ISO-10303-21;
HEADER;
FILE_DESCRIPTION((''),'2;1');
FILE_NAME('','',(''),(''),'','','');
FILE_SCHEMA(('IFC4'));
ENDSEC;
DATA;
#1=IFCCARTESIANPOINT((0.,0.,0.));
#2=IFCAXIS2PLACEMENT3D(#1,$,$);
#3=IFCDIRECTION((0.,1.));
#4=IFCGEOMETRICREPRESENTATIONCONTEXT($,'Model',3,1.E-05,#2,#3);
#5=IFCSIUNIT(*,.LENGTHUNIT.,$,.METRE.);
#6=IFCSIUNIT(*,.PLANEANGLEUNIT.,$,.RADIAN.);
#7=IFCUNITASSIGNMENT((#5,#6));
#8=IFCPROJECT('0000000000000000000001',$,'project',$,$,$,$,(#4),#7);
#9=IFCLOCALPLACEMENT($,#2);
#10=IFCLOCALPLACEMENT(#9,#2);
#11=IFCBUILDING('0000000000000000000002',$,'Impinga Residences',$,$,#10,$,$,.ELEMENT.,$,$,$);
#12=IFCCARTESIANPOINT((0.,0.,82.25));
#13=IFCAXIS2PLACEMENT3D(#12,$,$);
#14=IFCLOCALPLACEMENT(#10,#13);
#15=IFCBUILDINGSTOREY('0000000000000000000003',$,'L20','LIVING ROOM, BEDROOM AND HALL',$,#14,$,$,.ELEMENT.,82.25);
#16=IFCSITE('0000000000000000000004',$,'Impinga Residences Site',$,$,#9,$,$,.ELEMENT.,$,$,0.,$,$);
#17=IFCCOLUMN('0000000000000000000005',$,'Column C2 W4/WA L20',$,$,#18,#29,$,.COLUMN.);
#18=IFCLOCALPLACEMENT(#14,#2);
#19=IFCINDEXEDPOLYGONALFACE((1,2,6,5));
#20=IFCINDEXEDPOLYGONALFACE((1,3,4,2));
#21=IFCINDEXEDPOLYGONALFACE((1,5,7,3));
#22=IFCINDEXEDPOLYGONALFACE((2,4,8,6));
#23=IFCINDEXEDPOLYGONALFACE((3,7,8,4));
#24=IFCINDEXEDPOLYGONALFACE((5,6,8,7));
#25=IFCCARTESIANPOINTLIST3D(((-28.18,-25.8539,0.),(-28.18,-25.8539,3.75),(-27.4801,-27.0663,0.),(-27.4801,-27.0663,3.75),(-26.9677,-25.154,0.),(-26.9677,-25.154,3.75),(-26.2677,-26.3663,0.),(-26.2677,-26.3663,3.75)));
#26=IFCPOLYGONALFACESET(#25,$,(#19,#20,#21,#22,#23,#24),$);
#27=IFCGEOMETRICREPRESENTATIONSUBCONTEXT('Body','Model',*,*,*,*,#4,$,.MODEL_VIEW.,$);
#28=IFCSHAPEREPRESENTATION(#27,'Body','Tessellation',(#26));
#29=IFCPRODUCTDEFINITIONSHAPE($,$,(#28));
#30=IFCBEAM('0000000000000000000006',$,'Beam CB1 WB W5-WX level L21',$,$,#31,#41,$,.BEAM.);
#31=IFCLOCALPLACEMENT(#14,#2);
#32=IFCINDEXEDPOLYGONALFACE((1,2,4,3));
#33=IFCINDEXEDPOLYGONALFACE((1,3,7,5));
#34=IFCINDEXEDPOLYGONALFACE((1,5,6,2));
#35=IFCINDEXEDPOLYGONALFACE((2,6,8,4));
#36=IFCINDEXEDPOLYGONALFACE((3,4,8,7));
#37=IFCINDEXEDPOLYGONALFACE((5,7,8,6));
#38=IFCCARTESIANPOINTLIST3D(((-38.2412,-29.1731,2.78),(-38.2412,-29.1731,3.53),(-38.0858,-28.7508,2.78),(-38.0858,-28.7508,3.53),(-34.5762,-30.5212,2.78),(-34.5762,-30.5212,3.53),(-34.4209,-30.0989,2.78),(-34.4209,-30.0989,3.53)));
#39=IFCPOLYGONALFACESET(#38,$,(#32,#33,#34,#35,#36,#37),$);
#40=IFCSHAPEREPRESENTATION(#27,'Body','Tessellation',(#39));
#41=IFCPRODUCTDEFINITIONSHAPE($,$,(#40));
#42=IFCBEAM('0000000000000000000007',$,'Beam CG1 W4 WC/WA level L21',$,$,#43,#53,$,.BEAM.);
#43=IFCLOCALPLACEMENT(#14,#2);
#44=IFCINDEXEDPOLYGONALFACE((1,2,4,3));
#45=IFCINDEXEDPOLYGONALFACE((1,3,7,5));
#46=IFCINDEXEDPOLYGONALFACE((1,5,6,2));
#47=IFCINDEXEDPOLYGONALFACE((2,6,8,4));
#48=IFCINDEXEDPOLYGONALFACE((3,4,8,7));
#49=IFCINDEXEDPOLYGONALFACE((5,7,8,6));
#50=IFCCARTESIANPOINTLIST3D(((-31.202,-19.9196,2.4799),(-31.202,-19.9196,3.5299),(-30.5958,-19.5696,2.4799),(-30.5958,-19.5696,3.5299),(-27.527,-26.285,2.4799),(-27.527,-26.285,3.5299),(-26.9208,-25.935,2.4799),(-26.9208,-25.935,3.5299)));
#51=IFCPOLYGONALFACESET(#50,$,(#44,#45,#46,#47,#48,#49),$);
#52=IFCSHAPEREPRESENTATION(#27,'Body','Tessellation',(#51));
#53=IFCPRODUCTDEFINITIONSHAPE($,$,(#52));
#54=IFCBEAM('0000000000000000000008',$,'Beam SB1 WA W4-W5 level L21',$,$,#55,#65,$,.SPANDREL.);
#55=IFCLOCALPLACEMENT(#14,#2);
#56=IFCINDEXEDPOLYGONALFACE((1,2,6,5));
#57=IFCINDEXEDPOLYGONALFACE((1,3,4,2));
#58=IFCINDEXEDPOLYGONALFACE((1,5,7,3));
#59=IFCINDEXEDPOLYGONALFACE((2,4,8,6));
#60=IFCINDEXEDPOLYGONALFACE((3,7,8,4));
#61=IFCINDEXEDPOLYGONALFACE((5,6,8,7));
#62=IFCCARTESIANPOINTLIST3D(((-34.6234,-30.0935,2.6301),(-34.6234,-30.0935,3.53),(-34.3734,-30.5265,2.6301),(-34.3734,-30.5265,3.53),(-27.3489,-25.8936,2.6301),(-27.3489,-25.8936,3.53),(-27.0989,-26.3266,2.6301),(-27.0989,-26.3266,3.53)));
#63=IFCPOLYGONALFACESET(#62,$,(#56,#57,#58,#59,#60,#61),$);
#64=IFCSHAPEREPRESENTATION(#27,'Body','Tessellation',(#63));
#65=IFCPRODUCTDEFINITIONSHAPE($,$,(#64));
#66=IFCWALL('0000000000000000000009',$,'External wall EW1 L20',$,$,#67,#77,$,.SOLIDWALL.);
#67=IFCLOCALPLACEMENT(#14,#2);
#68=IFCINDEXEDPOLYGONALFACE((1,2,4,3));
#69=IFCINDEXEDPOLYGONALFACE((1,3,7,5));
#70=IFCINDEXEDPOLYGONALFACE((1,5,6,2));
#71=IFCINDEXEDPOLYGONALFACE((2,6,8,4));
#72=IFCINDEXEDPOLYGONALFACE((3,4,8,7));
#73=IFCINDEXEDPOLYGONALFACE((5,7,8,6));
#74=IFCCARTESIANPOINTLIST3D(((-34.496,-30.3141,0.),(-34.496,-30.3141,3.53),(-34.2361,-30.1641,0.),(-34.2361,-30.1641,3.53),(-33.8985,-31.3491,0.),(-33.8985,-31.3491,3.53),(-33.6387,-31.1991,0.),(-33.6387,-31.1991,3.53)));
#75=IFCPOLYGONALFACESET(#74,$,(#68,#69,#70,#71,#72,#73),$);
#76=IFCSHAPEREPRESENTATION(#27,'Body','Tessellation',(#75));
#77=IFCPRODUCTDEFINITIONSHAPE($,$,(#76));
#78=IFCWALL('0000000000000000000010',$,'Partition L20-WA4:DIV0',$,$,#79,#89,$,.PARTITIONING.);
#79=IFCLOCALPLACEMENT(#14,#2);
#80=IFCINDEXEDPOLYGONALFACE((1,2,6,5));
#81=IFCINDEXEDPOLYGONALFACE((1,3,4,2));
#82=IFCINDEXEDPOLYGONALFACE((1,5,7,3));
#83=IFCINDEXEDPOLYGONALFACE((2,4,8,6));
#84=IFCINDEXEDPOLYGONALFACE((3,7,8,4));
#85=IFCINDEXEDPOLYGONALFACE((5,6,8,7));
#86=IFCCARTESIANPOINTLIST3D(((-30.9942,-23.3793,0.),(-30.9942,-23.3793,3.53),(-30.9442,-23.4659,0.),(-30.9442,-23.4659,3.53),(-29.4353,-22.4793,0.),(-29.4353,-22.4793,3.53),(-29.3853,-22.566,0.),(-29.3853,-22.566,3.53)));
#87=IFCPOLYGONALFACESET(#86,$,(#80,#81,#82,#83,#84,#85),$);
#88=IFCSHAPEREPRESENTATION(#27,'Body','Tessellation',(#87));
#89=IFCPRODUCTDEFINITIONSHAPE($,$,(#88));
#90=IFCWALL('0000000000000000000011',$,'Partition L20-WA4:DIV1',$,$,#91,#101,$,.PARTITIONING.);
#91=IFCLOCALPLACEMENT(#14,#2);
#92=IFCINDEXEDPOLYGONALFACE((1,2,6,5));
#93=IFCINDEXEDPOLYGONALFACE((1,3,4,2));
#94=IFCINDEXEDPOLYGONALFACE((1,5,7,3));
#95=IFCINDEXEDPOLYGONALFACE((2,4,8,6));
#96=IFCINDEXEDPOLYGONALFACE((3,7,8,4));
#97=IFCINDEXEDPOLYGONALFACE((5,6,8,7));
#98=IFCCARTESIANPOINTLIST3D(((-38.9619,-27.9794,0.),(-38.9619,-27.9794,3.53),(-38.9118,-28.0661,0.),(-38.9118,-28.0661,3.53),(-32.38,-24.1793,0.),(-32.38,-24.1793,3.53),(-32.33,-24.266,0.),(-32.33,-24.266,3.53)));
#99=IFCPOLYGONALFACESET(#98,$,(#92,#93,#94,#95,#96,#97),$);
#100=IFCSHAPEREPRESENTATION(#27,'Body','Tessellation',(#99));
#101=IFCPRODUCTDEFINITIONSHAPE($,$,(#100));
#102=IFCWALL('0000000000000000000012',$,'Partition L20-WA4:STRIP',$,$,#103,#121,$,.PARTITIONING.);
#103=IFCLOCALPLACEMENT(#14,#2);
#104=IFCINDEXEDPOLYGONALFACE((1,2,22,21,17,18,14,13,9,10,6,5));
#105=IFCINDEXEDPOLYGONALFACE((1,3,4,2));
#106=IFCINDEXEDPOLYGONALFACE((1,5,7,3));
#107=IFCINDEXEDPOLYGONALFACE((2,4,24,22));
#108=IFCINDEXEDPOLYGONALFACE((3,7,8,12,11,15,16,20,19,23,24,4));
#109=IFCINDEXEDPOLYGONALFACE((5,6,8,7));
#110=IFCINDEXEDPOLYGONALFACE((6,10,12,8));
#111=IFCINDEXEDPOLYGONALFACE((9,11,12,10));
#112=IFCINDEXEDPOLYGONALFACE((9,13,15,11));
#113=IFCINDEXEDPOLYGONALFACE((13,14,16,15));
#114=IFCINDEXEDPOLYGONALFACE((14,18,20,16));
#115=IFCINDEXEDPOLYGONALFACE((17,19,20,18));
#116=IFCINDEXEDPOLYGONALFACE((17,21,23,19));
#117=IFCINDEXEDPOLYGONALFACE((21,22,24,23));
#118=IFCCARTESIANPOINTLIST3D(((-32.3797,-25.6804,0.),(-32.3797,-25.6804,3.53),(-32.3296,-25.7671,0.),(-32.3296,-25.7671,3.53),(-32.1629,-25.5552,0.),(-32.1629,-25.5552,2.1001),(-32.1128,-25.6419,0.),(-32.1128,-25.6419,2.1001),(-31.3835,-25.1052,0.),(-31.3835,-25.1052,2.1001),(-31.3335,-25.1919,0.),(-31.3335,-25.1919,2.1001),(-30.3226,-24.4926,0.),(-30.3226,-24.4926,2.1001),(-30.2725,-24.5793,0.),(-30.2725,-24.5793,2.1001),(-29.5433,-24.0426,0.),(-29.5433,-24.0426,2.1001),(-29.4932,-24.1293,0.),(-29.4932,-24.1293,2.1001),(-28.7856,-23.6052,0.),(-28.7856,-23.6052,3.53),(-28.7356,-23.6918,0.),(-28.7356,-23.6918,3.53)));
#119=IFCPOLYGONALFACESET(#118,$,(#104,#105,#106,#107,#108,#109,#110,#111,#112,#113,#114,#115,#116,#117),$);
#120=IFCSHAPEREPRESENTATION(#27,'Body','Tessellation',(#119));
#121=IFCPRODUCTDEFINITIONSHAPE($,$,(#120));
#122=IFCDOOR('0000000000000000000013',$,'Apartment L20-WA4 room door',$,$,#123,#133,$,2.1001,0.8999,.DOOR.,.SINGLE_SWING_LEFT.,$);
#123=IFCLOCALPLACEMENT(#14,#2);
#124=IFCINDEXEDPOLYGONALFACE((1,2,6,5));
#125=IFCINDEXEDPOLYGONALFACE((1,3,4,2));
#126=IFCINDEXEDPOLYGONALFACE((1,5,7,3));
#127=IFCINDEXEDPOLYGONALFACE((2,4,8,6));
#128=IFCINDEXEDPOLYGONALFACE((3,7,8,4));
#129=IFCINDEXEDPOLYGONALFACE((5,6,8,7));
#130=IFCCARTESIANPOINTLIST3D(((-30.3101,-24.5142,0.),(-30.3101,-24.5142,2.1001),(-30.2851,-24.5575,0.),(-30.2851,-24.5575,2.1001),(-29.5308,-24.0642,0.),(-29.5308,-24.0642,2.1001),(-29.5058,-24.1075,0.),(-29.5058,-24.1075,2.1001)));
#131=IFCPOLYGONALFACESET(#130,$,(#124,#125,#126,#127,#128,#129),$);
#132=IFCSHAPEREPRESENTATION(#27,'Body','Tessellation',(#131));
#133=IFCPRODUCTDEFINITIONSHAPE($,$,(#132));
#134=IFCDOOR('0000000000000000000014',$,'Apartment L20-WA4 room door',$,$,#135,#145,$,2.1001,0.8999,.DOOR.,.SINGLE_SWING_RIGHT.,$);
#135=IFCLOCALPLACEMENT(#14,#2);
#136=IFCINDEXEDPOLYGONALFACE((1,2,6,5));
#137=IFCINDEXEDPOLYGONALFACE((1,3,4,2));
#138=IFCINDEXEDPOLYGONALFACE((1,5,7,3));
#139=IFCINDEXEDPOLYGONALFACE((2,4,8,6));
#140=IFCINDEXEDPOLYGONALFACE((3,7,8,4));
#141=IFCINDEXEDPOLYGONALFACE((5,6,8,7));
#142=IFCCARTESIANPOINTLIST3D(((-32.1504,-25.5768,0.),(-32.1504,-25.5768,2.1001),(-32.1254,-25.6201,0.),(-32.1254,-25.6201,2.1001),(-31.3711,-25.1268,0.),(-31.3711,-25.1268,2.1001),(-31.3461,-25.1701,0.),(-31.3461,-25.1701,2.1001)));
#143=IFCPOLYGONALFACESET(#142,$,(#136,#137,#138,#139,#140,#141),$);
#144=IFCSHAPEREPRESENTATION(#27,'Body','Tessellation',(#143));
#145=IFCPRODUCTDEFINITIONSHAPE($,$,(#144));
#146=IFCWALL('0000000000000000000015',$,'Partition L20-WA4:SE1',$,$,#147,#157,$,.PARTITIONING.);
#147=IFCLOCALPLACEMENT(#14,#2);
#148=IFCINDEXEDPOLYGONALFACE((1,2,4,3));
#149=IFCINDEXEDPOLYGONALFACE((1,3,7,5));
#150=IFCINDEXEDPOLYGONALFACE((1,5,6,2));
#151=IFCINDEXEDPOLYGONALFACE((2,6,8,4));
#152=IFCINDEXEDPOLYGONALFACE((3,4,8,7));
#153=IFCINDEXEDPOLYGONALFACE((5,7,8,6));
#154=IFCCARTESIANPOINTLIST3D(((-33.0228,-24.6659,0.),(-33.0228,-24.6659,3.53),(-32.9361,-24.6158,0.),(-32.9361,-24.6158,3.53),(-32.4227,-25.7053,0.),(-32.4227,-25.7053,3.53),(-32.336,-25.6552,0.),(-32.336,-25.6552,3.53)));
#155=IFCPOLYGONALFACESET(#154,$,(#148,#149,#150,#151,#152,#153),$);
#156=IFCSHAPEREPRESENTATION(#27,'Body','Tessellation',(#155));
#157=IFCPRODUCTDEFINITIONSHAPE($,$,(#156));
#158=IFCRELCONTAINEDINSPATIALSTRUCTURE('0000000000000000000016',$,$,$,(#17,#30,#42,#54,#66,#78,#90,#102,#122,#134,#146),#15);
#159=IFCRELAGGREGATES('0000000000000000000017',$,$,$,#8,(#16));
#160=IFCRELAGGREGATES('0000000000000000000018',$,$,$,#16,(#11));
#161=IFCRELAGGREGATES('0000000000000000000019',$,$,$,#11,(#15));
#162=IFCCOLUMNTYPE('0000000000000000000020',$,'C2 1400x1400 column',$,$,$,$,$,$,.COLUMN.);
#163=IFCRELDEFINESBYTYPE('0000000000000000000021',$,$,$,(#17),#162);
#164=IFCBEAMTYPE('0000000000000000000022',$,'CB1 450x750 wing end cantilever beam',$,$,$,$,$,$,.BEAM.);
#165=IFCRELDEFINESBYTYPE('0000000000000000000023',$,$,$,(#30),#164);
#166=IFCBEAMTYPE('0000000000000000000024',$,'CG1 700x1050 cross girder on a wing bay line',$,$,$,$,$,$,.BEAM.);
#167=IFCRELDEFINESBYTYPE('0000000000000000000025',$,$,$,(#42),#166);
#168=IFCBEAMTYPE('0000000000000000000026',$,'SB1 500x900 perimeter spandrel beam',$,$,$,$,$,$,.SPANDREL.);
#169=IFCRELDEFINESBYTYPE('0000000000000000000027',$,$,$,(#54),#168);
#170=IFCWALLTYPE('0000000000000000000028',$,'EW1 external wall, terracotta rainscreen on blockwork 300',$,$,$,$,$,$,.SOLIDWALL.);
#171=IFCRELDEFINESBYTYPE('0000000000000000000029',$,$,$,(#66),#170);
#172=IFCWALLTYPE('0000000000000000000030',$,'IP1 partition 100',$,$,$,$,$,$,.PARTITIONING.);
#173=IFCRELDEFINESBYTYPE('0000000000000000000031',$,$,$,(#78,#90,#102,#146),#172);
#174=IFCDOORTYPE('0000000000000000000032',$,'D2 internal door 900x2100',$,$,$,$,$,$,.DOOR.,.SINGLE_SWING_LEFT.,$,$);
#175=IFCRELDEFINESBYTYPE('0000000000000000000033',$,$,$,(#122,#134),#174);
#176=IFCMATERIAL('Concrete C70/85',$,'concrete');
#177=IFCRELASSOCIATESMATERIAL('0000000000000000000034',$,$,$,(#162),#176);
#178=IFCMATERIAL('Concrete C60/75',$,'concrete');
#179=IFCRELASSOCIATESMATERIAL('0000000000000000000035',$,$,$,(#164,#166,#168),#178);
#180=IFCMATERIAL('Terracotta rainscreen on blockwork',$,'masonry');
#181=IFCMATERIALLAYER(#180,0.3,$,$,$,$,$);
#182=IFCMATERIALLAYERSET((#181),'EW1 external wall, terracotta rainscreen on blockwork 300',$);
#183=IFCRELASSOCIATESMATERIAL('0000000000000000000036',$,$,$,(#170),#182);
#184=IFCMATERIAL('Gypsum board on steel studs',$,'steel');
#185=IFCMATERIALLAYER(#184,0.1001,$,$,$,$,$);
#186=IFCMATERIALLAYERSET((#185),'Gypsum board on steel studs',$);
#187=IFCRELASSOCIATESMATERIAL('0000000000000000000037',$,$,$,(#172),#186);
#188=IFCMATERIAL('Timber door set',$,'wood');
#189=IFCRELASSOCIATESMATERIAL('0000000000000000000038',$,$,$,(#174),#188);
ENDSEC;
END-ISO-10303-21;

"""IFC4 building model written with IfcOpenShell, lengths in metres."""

from ifc_helpers import new_model, si_unit, direction, frame, frame_2d, origin, origin_2d, place, context, subcontext, project, spatial, rectangle, extrude, material, layer, layer_set, material_profile, profile_set, type_object, element, fill, save


model = new_model("IFC4")

# Units and contexts
model_context = context("Model", 3, precision=1e-05, world=origin(), true_north=direction((0.0, 1.0)))
body_context = subcontext(model_context, "Body", "Model", "MODEL_VIEW")
ifc_project = project(units=[si_unit("LENGTHUNIT", "METRE"), si_unit("PLANEANGLEUNIT", "RADIAN")], contexts=[model_context])

# Site, building, storey
site_placement = place(None, origin())
site = spatial("IfcSite", under=ifc_project, at=site_placement, Name="Impinga Residences Site", CompositionType="ELEMENT", RefElevation=0.0)
building_placement = place(site_placement, origin())
building = spatial("IfcBuilding", under=site, at=building_placement, Name="Impinga Residences", CompositionType="ELEMENT")
storey_placement = place(building_placement, frame((0.0, 0.0, 82.25)))
storey = spatial("IfcBuildingStorey", under=building, at=storey_placement, Name="L20", Description="LIVING ROOM, BEDROOM AND HALL", CompositionType="ELEMENT", Elevation=82.25)

# Column
ifc_material_1 = material(Name="Concrete C70/85", Category="concrete")
ifc_material_profile_1 = material_profile(ifc_material_1, rectangle(XDim=1.3999, YDim=1.3999, at=origin_2d()), Name="RC 1400x1400")
ifc_profile_set_1 = profile_set([ifc_material_profile_1], Name="Concrete C70/85")
column_type = type_object("IfcColumnType", Name="C2 1400x1400 column", PredefinedType="COLUMN", material=ifc_profile_set_1)
column_placement = place(storey_placement, frame((-27.2239, -26.1101, 0.0), z_axis=(0.0, 0.0, 1.0), x_axis=(-0.5, 0.866025, 0.0)))
element("IfcColumn", 1, at=column_placement, inside=storey, type_object=column_type, Name="Column C2 W4/WA L20", PredefinedType="COLUMN", context=body_context, shape_type="SweptSolid", body=[
    extrude(rectangle(XDim=1.3999, YDim=1.3999, at=origin_2d()), origin(), (0.0, 0.0, 1.0), 3.75),
])

# Beams
ifc_material_2 = material(Name="Concrete C60/75", Category="concrete")
ifc_material_profile_2 = material_profile(ifc_material_2, rectangle(XDim=0.45, YDim=0.75, at=origin_2d()), Name="RC 450x750")
ifc_profile_set_2 = profile_set([ifc_material_profile_2], Name="Concrete C60/75")
beam_type_1 = type_object("IfcBeamType", Name="CB1 450x750 wing end cantilever beam", PredefinedType="BEAM", material=ifc_profile_set_2)
beam_1_placement = place(storey_placement, frame((-34.4985, -30.3101, 3.155), z_axis=(-0.93852, 0.345224, 0.0), x_axis=(-0.345224, -0.93852, 0.0)))
element("IfcBeam", 2, at=beam_1_placement, inside=storey, type_object=beam_type_1, Name="Beam CB1 WB W5-WX level L21", PredefinedType="BEAM", context=body_context, shape_type="SweptSolid", body=[
    extrude(rectangle(XDim=0.45, YDim=0.75, at=origin_2d()), origin(), (0.0, 0.0, 1.0), 3.905),
])
ifc_material_profile_3 = material_profile(ifc_material_2, rectangle(XDim=0.7, YDim=1.05, at=origin_2d()), Name="RC 700x1050")
ifc_profile_set_3 = profile_set([ifc_material_profile_3], Name="Concrete C60/75")
beam_type_2 = type_object("IfcBeamType", Name="CG1 700x1050 cross girder on a wing bay line", PredefinedType="BEAM", material=ifc_profile_set_3)
beam_2_placement = place(storey_placement, frame((-30.8989, -19.7446, 3.0049), z_axis=(0.499994, -0.866029, 0.0), x_axis=(0.866029, 0.499994, 0.0)))
element("IfcBeam", 3, at=beam_2_placement, inside=storey, type_object=beam_type_2, Name="Beam CG1 W4 WC/WA level L21", PredefinedType="BEAM", context=body_context, shape_type="SweptSolid", body=[
    extrude(rectangle(XDim=0.7, YDim=1.05, at=origin_2d()), origin(), (0.0, 0.0, 1.0), 7.3501),
])
ifc_material_profile_4 = material_profile(ifc_material_2, rectangle(XDim=0.5, YDim=0.8999, at=origin_2d()), Name="RC 500x900")
ifc_profile_set_4 = profile_set([ifc_material_profile_4], Name="Concrete C60/75")
beam_type_3 = type_object("IfcBeamType", Name="SB1 500x900 perimeter spandrel beam", PredefinedType="SPANDREL", material=ifc_profile_set_4)
beam_3_placement = place(storey_placement, frame((-27.2239, -26.1101, 3.0801), z_axis=(-0.866029, -0.499993, 0.0), x_axis=(0.499993, -0.866029, 0.0)))
element("IfcBeam", 4, at=beam_3_placement, inside=storey, type_object=beam_type_3, Name="Beam SB1 WA W4-W5 level L21", PredefinedType="SPANDREL", context=body_context, shape_type="SweptSolid", body=[
    extrude(rectangle(XDim=0.5, YDim=0.8999, at=origin_2d()), origin(), (0.0, 0.0, 1.0), 8.3999),
])

# Walls
ifc_material_3 = material(Name="Terracotta rainscreen on blockwork", Category="masonry")
ifc_layer_1 = layer(ifc_material_3, 0.3)
ifc_layer_set_1 = layer_set([ifc_layer_1], Name="EW1 external wall, terracotta rainscreen on blockwork 300")
wall_type_1 = type_object("IfcWallType", Name="EW1 external wall, terracotta rainscreen on blockwork 300", PredefinedType="SOLIDWALL", material=ifc_layer_set_1)
wall_1_placement = place(storey_placement, frame((-33.7686, -31.2742, 0.0), z_axis=(0.0, 0.0, 1.0), x_axis=(-0.499941, 0.86606, 0.0)))
element("IfcWall", 5, at=wall_1_placement, inside=storey, type_object=wall_type_1, Name="External wall EW1 L20", PredefinedType="SOLIDWALL", context=body_context, shape_type="SweptSolid", body=[
    extrude(rectangle(XDim=1.1951, YDim=0.3, at=frame_2d((0.5977, 0.0))), origin(), (0.0, 0.0, 1.0), 3.53),
])
ifc_material_4 = material(Name="Gypsum board on steel studs", Category="steel")
ifc_layer_2 = layer(ifc_material_4, 0.1001)
ifc_layer_set_2 = layer_set([ifc_layer_2], Name="Gypsum board on steel studs")
wall_type_2 = type_object("IfcWallType", Name="IP1 partition 100", PredefinedType="PARTITIONING", material=ifc_layer_set_2)
wall_2_placement = place(storey_placement, frame((-29.4104, -22.5227, 0.0), z_axis=(0.0, 0.0, 1.0), x_axis=(-0.866048, -0.499961, 0.0)))
element("IfcWall", 6, at=wall_2_placement, inside=storey, type_object=wall_type_2, Name="Partition L20-WA4:DIV0", PredefinedType="PARTITIONING", context=body_context, shape_type="SweptSolid", body=[
    extrude(rectangle(XDim=1.8, YDim=0.1001, at=frame_2d((0.8999, 0.0))), origin(), (0.0, 0.0, 1.0), 3.53),
])
wall_3_placement = place(storey_placement, frame((-32.355, -24.2227, 0.0), z_axis=(0.0, 0.0, 1.0), x_axis=(-0.866022, -0.500005, 0.0)))
element("IfcWall", 7, at=wall_3_placement, inside=storey, type_object=wall_type_2, Name="Partition L20-WA4:DIV1", PredefinedType="PARTITIONING", context=body_context, shape_type="SweptSolid", body=[
    extrude(rectangle(XDim=7.6001, YDim=0.1001, at=frame_2d((3.8, 0.0))), origin(), (0.0, 0.0, 1.0), 3.53),
])

# Wall, openings, doors
wall_4_placement = place(storey_placement, frame((-28.7605, -23.6484, 0.0), z_axis=(0.0, 0.0, 1.0), x_axis=(-0.866004, -0.500036, 0.0)))
wall_4 = element("IfcWall", 8, at=wall_4_placement, inside=storey, type_object=wall_type_2, Name="Partition L20-WA4:STRIP", PredefinedType="PARTITIONING", context=body_context, shape_type="SweptSolid", body=[
    extrude(rectangle(XDim=4.1501, YDim=0.1001, at=frame_2d((2.0752, 0.0))), origin(), (0.0, 0.0, 1.0), 3.53),
])
opening_1_placement = place(wall_4_placement, frame((0.875, 0.0, 0.0)))
opening_1 = element("IfcOpeningElement", 9, at=opening_1_placement, cuts=wall_4, PredefinedType="OPENING", context=body_context, shape_type="SweptSolid", body=[
    extrude(rectangle(XDim=0.8999, YDim=2.1001, at=frame_2d((0.45, 1.05))), frame((0.0, 0.0601, 0.0), z_axis=(0.0, -1.0, 0.0), x_axis=(1.0, 0.0, 0.0)), (0.0, 0.0, 1.0), 0.1201),
])
opening_2_placement = place(wall_4_placement, frame((3.0, 0.0, 0.0)))
opening_2 = element("IfcOpeningElement", 10, at=opening_2_placement, cuts=wall_4, PredefinedType="OPENING", context=body_context, shape_type="SweptSolid", body=[
    extrude(rectangle(XDim=0.8999, YDim=2.1001, at=frame_2d((0.45, 1.05))), frame((0.0, 0.0601, 0.0), z_axis=(0.0, -1.0, 0.0), x_axis=(1.0, 0.0, 0.0)), (0.0, 0.0, 1.0), 0.1201),
])
ifc_material_5 = material(Name="Timber door set", Category="wood")
door_type = type_object("IfcDoorType", Name="D2 internal door 900x2100", OperationType="SINGLE_SWING_LEFT", PredefinedType="DOOR", material=ifc_material_5)
door_1_placement = place(opening_1_placement, origin())
door_1 = element("IfcDoor", 11, at=door_1_placement, inside=storey, type_object=door_type, Name="Apartment L20-WA4 room door", OperationType="SINGLE_SWING_LEFT", OverallHeight=2.1001, OverallWidth=0.8999, PredefinedType="DOOR", context=body_context, shape_type="SweptSolid", body=[
    extrude(rectangle(XDim=0.8999, YDim=2.1001, at=frame_2d((0.45, 1.05))), frame((0.0, 0.0249, 0.0), z_axis=(0.0, -1.0, 0.0), x_axis=(1.0, 0.0, 0.0)), (0.0, 0.0, 1.0), 0.05),
])
fill(opening_1, door_1)
door_2_placement = place(opening_2_placement, origin())
door_2 = element("IfcDoor", 12, at=door_2_placement, inside=storey, type_object=door_type, Name="Apartment L20-WA4 room door", OperationType="SINGLE_SWING_RIGHT", OverallHeight=2.1001, OverallWidth=0.8999, PredefinedType="DOOR", context=body_context, shape_type="SweptSolid", body=[
    extrude(rectangle(XDim=0.8999, YDim=2.1001, at=frame_2d((0.45, 1.05))), frame((0.0, 0.0249, 0.0), z_axis=(0.0, -1.0, 0.0), x_axis=(1.0, 0.0, 0.0)), (0.0, 0.0, 1.0), 0.05),
])
fill(opening_2, door_2)

# Wall
wall_5_placement = place(storey_placement, frame((-32.9795, -24.6409, 0.0), z_axis=(0.0, 0.0, 1.0), x_axis=(0.500034, -0.866006, 0.0)))
element("IfcWall", 13, at=wall_5_placement, inside=storey, type_object=wall_type_2, Name="Partition L20-WA4:SE1", PredefinedType="PARTITIONING", context=body_context, shape_type="SweptSolid", body=[
    extrude(rectangle(XDim=1.2002, YDim=0.1001, at=frame_2d((0.6001, 0.0))), origin(), (0.0, 0.0, 1.0), 3.53),
])

save(model, "model.ifc")
